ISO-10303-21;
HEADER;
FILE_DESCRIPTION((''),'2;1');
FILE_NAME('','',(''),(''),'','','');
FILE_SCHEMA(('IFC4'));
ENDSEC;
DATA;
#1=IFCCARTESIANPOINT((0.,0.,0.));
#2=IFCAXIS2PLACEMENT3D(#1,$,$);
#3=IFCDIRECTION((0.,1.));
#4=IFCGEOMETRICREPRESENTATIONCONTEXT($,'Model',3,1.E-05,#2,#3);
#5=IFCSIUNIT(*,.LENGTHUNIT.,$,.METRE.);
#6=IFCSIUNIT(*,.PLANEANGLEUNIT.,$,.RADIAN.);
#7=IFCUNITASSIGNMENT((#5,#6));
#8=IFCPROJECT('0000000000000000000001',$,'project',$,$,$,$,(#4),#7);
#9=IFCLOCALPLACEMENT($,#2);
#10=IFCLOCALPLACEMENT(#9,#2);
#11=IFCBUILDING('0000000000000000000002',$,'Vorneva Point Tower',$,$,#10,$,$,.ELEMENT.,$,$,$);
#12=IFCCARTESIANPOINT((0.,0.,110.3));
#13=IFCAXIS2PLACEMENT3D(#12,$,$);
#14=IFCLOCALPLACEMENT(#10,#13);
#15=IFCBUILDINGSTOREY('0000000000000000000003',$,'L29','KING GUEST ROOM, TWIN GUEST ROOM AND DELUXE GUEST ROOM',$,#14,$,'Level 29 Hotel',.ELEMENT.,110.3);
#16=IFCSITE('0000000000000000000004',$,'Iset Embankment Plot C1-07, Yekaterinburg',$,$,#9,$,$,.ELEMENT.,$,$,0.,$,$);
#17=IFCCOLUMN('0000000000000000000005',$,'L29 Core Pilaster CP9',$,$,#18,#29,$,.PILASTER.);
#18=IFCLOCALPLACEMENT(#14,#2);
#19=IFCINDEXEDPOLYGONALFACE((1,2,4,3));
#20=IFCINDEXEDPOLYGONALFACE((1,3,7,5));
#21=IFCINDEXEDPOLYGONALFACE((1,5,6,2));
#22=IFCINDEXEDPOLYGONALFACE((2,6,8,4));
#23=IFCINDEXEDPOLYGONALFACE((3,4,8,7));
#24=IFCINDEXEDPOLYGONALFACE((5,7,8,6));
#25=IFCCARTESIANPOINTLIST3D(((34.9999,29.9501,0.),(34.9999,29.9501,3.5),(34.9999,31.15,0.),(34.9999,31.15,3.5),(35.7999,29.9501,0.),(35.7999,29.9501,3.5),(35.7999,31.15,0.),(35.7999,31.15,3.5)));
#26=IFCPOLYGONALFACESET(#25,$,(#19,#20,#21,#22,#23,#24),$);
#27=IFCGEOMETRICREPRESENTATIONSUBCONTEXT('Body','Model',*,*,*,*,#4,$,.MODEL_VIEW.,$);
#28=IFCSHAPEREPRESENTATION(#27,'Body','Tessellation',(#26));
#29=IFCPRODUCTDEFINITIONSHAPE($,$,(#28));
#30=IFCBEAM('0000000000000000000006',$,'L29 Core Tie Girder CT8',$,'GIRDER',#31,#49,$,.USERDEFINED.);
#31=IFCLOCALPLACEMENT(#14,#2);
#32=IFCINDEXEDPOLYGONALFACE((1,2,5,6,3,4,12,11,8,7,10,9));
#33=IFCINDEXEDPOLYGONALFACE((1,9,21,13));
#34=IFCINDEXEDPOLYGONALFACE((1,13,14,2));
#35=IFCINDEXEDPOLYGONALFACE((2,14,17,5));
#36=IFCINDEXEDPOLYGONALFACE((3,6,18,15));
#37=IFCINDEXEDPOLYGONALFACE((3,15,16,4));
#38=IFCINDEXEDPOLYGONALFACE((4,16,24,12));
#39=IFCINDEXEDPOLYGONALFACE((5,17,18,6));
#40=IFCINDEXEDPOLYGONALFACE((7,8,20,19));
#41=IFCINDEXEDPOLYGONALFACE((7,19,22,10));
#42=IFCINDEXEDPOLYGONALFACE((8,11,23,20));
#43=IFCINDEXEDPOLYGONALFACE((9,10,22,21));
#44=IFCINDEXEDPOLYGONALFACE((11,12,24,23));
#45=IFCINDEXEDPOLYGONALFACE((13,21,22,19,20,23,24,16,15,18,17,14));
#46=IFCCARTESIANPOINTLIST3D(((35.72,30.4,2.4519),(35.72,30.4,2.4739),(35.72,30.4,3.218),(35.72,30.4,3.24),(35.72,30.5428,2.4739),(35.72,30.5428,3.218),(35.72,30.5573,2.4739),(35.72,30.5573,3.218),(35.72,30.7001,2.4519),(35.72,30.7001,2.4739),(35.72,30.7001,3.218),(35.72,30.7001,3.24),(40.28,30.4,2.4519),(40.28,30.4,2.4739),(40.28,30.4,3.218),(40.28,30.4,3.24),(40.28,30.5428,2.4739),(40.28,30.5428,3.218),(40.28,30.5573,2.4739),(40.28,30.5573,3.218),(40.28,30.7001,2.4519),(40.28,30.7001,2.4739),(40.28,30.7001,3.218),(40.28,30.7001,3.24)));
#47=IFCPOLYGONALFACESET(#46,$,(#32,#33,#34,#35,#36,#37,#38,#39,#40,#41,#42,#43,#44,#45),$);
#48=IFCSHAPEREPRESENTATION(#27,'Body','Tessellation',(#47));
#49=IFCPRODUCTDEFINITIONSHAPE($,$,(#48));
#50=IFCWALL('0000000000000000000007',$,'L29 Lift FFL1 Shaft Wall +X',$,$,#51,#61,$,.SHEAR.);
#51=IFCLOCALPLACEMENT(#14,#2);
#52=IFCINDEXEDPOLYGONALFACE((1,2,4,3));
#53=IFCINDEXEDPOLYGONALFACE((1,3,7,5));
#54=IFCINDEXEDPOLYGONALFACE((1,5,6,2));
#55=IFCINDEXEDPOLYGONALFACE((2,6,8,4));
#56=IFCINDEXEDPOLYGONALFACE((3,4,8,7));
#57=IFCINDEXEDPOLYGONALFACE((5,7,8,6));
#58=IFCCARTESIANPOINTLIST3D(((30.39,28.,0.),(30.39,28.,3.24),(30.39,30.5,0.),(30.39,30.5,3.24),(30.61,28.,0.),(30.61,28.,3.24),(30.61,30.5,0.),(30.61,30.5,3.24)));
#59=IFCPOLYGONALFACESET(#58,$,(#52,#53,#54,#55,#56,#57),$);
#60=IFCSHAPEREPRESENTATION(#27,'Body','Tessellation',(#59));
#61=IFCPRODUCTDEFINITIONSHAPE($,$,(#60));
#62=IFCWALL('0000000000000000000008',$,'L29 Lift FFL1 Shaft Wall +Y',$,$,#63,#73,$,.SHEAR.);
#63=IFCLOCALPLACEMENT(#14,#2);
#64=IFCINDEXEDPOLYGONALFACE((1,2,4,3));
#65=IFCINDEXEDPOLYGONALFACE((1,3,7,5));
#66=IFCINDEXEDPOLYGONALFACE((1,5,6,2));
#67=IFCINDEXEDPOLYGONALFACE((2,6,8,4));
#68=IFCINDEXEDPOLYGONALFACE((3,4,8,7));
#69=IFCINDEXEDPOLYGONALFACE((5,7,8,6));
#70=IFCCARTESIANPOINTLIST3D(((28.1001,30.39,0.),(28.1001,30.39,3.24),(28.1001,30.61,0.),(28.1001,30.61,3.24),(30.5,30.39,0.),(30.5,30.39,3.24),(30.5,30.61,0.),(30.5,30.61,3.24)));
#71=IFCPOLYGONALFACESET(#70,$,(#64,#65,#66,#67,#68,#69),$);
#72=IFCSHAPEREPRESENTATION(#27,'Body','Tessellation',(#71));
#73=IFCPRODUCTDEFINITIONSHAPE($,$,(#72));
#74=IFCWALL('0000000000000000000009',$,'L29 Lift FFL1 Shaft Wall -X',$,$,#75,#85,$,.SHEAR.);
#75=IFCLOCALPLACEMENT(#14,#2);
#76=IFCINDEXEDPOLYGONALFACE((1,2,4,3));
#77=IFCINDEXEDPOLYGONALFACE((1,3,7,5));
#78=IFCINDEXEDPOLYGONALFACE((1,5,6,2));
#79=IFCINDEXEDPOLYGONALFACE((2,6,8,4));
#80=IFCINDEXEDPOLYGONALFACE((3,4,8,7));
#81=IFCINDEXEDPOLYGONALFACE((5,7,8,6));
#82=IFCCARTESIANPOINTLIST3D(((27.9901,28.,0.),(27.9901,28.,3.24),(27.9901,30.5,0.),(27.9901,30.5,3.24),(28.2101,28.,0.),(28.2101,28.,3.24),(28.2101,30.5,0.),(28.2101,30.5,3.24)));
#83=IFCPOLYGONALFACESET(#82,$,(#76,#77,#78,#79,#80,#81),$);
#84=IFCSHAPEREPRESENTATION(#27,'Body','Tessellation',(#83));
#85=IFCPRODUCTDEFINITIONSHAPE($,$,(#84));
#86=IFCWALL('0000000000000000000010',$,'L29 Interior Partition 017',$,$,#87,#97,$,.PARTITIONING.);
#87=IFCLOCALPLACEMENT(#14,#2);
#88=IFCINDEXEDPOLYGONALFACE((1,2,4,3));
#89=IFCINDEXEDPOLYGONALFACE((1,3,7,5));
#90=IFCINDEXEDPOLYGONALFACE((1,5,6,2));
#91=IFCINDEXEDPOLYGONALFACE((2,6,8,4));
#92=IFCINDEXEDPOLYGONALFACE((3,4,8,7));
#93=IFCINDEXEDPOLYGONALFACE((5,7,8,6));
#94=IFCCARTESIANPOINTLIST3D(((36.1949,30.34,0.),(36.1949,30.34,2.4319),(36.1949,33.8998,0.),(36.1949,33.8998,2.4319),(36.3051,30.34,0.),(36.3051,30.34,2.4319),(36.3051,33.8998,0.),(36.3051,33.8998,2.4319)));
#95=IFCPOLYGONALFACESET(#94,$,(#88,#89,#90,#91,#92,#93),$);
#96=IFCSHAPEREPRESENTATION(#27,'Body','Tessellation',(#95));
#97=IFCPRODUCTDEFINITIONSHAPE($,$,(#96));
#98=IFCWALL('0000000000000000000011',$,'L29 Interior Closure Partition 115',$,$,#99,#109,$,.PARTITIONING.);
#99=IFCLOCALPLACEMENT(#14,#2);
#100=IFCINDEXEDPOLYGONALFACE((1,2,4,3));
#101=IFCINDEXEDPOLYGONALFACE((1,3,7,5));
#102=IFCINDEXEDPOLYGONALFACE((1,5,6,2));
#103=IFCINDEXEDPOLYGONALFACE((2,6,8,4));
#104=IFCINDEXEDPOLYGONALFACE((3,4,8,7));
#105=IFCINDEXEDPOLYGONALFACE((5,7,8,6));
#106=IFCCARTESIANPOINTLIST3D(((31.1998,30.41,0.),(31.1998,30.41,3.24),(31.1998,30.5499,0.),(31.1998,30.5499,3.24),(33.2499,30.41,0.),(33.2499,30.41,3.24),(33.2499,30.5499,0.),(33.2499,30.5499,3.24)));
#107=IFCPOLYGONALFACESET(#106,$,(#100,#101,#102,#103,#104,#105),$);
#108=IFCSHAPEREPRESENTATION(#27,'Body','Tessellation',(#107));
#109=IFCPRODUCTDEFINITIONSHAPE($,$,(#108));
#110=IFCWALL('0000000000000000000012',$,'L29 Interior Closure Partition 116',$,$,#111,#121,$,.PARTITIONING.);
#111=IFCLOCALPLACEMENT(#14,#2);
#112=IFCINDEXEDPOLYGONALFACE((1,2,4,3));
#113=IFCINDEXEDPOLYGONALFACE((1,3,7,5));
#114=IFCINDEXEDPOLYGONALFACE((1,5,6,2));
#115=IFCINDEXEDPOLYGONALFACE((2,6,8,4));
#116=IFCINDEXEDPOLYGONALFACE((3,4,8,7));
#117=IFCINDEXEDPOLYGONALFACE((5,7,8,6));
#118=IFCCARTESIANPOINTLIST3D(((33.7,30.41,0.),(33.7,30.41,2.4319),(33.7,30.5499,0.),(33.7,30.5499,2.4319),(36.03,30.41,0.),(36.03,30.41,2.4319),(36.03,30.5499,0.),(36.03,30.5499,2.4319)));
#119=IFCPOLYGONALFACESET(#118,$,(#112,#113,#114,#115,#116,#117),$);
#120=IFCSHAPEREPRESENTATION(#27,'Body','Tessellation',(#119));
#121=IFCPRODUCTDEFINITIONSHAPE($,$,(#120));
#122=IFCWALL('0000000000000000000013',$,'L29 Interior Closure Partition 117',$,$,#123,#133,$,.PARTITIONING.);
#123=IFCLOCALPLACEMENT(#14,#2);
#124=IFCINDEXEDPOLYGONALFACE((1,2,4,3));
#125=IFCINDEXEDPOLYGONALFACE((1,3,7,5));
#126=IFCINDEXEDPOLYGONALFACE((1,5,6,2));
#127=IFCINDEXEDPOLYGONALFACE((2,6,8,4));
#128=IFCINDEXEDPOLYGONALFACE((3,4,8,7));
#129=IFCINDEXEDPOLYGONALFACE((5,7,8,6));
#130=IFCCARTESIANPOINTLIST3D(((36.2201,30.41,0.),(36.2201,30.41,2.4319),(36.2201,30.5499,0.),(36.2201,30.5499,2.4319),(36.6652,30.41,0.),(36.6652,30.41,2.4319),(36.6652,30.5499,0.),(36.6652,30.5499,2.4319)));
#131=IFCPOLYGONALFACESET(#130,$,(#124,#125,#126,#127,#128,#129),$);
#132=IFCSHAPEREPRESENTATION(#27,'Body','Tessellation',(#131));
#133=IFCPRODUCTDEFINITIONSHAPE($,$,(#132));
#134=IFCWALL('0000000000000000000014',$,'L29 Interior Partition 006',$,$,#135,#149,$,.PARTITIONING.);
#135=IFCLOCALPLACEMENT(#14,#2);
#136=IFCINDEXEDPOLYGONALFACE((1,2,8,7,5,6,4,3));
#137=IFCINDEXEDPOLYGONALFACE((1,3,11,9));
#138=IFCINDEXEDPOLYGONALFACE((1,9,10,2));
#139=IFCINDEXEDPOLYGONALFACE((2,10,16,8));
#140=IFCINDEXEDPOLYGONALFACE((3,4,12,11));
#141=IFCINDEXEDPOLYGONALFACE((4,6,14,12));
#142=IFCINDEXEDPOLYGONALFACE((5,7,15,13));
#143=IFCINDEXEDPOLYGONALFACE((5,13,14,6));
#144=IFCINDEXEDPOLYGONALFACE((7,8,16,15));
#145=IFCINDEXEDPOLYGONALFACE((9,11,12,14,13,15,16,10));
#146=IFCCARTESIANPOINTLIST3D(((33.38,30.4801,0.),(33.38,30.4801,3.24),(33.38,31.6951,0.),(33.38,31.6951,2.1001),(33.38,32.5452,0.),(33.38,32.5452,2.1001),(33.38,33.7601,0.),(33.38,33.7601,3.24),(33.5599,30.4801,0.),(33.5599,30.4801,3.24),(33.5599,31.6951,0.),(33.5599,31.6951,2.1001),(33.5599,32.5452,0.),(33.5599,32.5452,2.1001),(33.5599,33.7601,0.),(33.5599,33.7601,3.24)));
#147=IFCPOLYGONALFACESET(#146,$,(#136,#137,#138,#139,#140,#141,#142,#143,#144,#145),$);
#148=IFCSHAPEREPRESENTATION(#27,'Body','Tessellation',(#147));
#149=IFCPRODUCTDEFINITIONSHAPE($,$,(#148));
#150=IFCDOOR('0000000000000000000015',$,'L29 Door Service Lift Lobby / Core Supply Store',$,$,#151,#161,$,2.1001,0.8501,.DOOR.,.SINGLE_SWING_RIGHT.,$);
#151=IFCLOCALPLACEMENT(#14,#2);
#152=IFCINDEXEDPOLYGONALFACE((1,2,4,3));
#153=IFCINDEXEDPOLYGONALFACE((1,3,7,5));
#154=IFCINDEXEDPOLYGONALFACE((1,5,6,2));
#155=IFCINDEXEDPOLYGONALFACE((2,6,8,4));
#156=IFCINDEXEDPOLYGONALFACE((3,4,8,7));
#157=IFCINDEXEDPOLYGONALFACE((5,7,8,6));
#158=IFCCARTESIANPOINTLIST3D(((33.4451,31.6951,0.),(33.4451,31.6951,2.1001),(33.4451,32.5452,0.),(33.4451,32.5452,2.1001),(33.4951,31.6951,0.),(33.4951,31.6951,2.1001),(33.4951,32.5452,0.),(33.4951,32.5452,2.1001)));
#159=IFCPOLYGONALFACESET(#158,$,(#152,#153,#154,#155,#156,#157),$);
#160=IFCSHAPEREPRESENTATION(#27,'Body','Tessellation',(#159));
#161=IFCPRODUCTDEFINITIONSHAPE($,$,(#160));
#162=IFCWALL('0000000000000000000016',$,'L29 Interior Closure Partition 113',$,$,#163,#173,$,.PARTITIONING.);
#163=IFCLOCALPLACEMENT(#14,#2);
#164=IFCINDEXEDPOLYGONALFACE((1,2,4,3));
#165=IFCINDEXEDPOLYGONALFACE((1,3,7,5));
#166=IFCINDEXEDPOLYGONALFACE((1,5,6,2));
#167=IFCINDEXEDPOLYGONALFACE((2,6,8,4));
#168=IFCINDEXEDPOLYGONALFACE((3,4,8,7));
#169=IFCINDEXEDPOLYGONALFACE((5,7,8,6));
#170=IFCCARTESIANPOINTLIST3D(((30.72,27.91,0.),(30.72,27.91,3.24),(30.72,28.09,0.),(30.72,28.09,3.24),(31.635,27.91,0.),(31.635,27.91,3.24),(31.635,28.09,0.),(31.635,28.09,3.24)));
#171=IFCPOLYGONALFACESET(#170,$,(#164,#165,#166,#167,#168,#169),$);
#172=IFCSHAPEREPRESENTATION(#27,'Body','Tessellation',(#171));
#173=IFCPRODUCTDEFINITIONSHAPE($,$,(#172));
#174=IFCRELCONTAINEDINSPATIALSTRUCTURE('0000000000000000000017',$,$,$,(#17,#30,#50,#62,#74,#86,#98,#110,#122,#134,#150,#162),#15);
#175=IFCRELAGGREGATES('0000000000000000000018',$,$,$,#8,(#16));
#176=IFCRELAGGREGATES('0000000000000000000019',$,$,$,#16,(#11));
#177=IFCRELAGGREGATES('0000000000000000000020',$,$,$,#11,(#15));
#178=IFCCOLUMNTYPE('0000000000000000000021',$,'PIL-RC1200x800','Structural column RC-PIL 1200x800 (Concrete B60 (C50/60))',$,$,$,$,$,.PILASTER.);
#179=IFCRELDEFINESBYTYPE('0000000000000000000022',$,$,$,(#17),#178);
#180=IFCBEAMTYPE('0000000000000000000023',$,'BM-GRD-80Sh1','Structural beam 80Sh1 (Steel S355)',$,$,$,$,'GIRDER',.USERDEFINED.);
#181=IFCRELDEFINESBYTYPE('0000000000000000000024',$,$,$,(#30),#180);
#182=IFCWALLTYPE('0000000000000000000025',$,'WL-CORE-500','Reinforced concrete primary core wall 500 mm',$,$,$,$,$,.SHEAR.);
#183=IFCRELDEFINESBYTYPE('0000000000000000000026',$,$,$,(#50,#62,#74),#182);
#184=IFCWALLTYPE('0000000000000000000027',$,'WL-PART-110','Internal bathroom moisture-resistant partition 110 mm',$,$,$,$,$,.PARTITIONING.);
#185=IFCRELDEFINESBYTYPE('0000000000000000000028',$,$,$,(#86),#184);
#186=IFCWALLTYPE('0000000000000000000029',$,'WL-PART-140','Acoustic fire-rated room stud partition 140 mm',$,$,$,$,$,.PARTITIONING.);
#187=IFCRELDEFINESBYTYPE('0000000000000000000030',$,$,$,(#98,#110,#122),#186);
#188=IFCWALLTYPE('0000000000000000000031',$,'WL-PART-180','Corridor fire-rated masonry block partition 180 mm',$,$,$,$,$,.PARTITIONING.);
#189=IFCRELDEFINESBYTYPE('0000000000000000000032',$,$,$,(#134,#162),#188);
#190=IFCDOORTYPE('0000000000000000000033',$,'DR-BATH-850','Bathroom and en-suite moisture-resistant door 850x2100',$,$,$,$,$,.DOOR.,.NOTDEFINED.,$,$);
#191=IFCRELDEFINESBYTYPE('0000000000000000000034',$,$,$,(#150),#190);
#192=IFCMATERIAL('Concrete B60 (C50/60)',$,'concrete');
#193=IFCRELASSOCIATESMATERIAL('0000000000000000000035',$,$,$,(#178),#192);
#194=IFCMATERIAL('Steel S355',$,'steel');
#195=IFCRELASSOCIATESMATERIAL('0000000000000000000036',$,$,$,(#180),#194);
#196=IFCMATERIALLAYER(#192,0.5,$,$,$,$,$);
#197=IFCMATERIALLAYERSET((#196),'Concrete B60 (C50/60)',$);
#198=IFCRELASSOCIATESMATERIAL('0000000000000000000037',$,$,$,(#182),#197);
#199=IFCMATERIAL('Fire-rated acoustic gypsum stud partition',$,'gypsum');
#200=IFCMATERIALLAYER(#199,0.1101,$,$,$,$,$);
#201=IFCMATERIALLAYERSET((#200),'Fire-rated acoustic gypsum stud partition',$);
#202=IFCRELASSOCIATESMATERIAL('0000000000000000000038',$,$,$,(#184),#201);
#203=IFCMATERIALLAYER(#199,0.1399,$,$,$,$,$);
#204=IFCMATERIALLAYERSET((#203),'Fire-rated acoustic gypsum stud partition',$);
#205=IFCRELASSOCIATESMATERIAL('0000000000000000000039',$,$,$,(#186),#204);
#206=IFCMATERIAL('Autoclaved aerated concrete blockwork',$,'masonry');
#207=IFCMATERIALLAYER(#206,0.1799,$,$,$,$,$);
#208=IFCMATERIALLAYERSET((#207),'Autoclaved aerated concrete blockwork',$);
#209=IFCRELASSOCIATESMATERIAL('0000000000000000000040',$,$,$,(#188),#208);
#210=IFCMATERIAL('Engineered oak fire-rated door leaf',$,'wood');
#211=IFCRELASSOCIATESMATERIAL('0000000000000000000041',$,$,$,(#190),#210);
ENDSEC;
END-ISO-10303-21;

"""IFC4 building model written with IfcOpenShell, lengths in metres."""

from ifc_helpers import new_model, si_unit, direction, frame, frame_2d, origin, origin_2d, place, context, subcontext, project, spatial, rectangle, i_section, extrude, material, layer, layer_set, material_profile, profile_set, type_object, element, fill, save


model = new_model("IFC4")

# Units and contexts
model_context = context("Model", 3, precision=1e-05, world=origin(), true_north=direction((0.0, 1.0)))
body_context = subcontext(model_context, "Body", "Model", "MODEL_VIEW")
ifc_project = project(units=[si_unit("LENGTHUNIT", "METRE"), si_unit("PLANEANGLEUNIT", "RADIAN")], contexts=[model_context])

# Site, building, storey
site_placement = place(None, origin())
site = spatial("IfcSite", under=ifc_project, at=site_placement, Name="Iset Embankment Plot C1-07, Yekaterinburg", CompositionType="ELEMENT", RefElevation=0.0)
building_placement = place(site_placement, origin())
building = spatial("IfcBuilding", under=site, at=building_placement, Name="Vorneva Point Tower", CompositionType="ELEMENT")
storey_placement = place(building_placement, frame((0.0, 0.0, 110.3)))
storey = spatial("IfcBuildingStorey", under=building, at=storey_placement, Name="L29", Description="KING GUEST ROOM, TWIN GUEST ROOM AND DELUXE GUEST ROOM", LongName="Level 29 Hotel", CompositionType="ELEMENT", Elevation=110.3)

# Column
ifc_material_1 = material(Name="Concrete B60 (C50/60)", Category="concrete")
ifc_material_profile_1 = material_profile(ifc_material_1, rectangle(XDim=0.8, YDim=1.2, at=origin_2d()), Name="RC-PIL 1200x800")
ifc_profile_set_1 = profile_set([ifc_material_profile_1], Name="Concrete B60 (C50/60)")
column_type = type_object("IfcColumnType", Name="PIL-RC1200x800", Description="Structural column RC-PIL 1200x800 (Concrete B60 (C50/60))", PredefinedType="PILASTER", material=ifc_profile_set_1)
column_placement = place(storey_placement, frame((35.3999, 30.55, 0.0), z_axis=(0.0, 0.0, 1.0), x_axis=(1.0, 0.0, 0.0)))
element("IfcColumn", 1, at=column_placement, inside=storey, type_object=column_type, Name="L29 Core Pilaster CP9", PredefinedType="PILASTER", context=body_context, shape_type="SweptSolid", body=[
    extrude(rectangle(XDim=0.8, YDim=1.2, at=origin_2d()), origin(), (0.0, 0.0, 1.0), 3.5),
])

# Beam
ifc_material_2 = material(Name="Steel S355", Category="steel")
ifc_material_profile_2 = material_profile(ifc_material_2, i_section(OverallWidth=0.3, OverallDepth=0.7881, WebThickness=0.0144, FlangeThickness=0.022, at=origin_2d()), Name="80Sh1")
ifc_profile_set_2 = profile_set([ifc_material_profile_2], Name="Steel S355")
beam_type = type_object("IfcBeamType", Name="BM-GRD-80Sh1", Description="Structural beam 80Sh1 (Steel S355)", ElementType="GIRDER", PredefinedType="USERDEFINED", material=ifc_profile_set_2)
beam_placement = place(storey_placement, frame((35.72, 30.55, 2.8459), z_axis=(1.0, 0.0, 0.0), x_axis=(0.0, 1.0, 0.0)))
element("IfcBeam", 2, at=beam_placement, inside=storey, type_object=beam_type, Name="L29 Core Tie Girder CT8", ObjectType="GIRDER", PredefinedType="USERDEFINED", context=body_context, shape_type="SweptSolid", body=[
    extrude(i_section(OverallWidth=0.3, OverallDepth=0.7881, WebThickness=0.0144, FlangeThickness=0.022, at=origin_2d()), origin(), (0.0, 0.0, 1.0), 4.5601),
])

# Walls
ifc_layer_1 = layer(ifc_material_1, 0.5)
ifc_layer_set_1 = layer_set([ifc_layer_1], Name="Concrete B60 (C50/60)")
wall_type_1 = type_object("IfcWallType", Name="WL-CORE-500", Description="Reinforced concrete primary core wall 500 mm", PredefinedType="SHEAR", material=ifc_layer_set_1)
wall_1_placement = place(storey_placement, frame((30.5, 28.0, 0.0), z_axis=(0.0, 0.0, 1.0), x_axis=(0.0, 1.0, 0.0)))
element("IfcWall", 3, at=wall_1_placement, inside=storey, type_object=wall_type_1, Name="L29 Lift FFL1 Shaft Wall +X", PredefinedType="SHEAR", context=body_context, shape_type="SweptSolid", body=[
    extrude(rectangle(XDim=2.5, YDim=0.22, at=frame_2d((1.25, 0.0))), origin(), (0.0, 0.0, 1.0), 3.24),
])
wall_2_placement = place(storey_placement, frame((30.5, 30.5, 0.0), z_axis=(0.0, 0.0, 1.0), x_axis=(-1.0, 0.0, 0.0)))
element("IfcWall", 4, at=wall_2_placement, inside=storey, type_object=wall_type_1, Name="L29 Lift FFL1 Shaft Wall +Y", PredefinedType="SHEAR", context=body_context, shape_type="SweptSolid", body=[
    extrude(rectangle(XDim=2.3999, YDim=0.22, at=frame_2d((1.2, 0.0))), origin(), (0.0, 0.0, 1.0), 3.24),
])
wall_3_placement = place(storey_placement, frame((28.1001, 30.5, 0.0), z_axis=(0.0, 0.0, 1.0), x_axis=(0.0, -1.0, 0.0)))
element("IfcWall", 5, at=wall_3_placement, inside=storey, type_object=wall_type_1, Name="L29 Lift FFL1 Shaft Wall -X", PredefinedType="SHEAR", context=body_context, shape_type="SweptSolid", body=[
    extrude(rectangle(XDim=2.5, YDim=0.22, at=frame_2d((1.25, 0.0))), origin(), (0.0, 0.0, 1.0), 3.24),
])
ifc_material_3 = material(Name="Fire-rated acoustic gypsum stud partition", Category="gypsum")
ifc_layer_2 = layer(ifc_material_3, 0.1101)
ifc_layer_set_2 = layer_set([ifc_layer_2], Name="Fire-rated acoustic gypsum stud partition")
wall_type_2 = type_object("IfcWallType", Name="WL-PART-110", Description="Internal bathroom moisture-resistant partition 110 mm", PredefinedType="PARTITIONING", material=ifc_layer_set_2)
wall_4_placement = place(storey_placement, frame((36.25, 30.3401, 0.0), z_axis=(0.0, 0.0, 1.0), x_axis=(0.0, 1.0, 0.0)))
element("IfcWall", 6, at=wall_4_placement, inside=storey, type_object=wall_type_2, Name="L29 Interior Partition 017", PredefinedType="PARTITIONING", context=body_context, shape_type="SweptSolid", body=[
    extrude(rectangle(XDim=3.5598, YDim=0.1101, at=frame_2d((1.7798, 0.0))), origin(), (0.0, 0.0, 1.0), 2.4319),
])
ifc_layer_3 = layer(ifc_material_3, 0.1399)
ifc_layer_set_3 = layer_set([ifc_layer_3], Name="Fire-rated acoustic gypsum stud partition")
wall_type_3 = type_object("IfcWallType", Name="WL-PART-140", Description="Acoustic fire-rated room stud partition 140 mm", PredefinedType="PARTITIONING", material=ifc_layer_set_3)
wall_5_placement = place(storey_placement, frame((31.2, 30.48, 0.0), z_axis=(0.0, 0.0, 1.0), x_axis=(1.0, 0.0, 0.0)))
element("IfcWall", 7, at=wall_5_placement, inside=storey, type_object=wall_type_3, Name="L29 Interior Closure Partition 115", PredefinedType="PARTITIONING", context=body_context, shape_type="SweptSolid", body=[
    extrude(rectangle(XDim=2.05, YDim=0.1399, at=frame_2d((1.0249, 0.0))), origin(), (0.0, 0.0, 1.0), 3.24),
])
wall_6_placement = place(storey_placement, frame((33.7, 30.48, 0.0), z_axis=(0.0, 0.0, 1.0), x_axis=(1.0, 0.0, 0.0)))
element("IfcWall", 8, at=wall_6_placement, inside=storey, type_object=wall_type_3, Name="L29 Interior Closure Partition 116", PredefinedType="PARTITIONING", context=body_context, shape_type="SweptSolid", body=[
    extrude(rectangle(XDim=2.3301, YDim=0.1399, at=frame_2d((1.165, 0.0))), origin(), (0.0, 0.0, 1.0), 2.4319),
])
wall_7_placement = place(storey_placement, frame((36.22, 30.48, 0.0), z_axis=(0.0, 0.0, 1.0), x_axis=(1.0, 0.0, 0.0)))
element("IfcWall", 9, at=wall_7_placement, inside=storey, type_object=wall_type_3, Name="L29 Interior Closure Partition 117", PredefinedType="PARTITIONING", context=body_context, shape_type="SweptSolid", body=[
    extrude(rectangle(XDim=0.4451, YDim=0.1399, at=frame_2d((0.2227, 0.0))), origin(), (0.0, 0.0, 1.0), 2.4319),
])

# Wall, opening, door
ifc_material_4 = material(Name="Autoclaved aerated concrete blockwork", Category="masonry")
ifc_layer_4 = layer(ifc_material_4, 0.1799)
ifc_layer_set_4 = layer_set([ifc_layer_4], Name="Autoclaved aerated concrete blockwork")
wall_type_4 = type_object("IfcWallType", Name="WL-PART-180", Description="Corridor fire-rated masonry block partition 180 mm", PredefinedType="PARTITIONING", material=ifc_layer_set_4)
wall_8_placement = place(storey_placement, frame((33.47, 30.48, 0.0), z_axis=(0.0, 0.0, 1.0), x_axis=(0.0, 1.0, 0.0)))
wall_8 = element("IfcWall", 10, at=wall_8_placement, inside=storey, type_object=wall_type_4, Name="L29 Interior Partition 006", PredefinedType="PARTITIONING", context=body_context, shape_type="SweptSolid", body=[
    extrude(rectangle(XDim=3.28, YDim=0.1799, at=frame_2d((1.6401, 0.0))), origin(), (0.0, 0.0, 1.0), 3.24),
])
opening_1_placement = place(wall_8_placement, frame((1.2151, 0.0, 0.0)))
opening_1 = element("IfcOpeningElement", 11, at=opening_1_placement, cuts=wall_8, PredefinedType="OPENING", context=body_context, shape_type="SweptSolid", body=[
    extrude(rectangle(XDim=0.8501, YDim=2.1001, at=frame_2d((0.425, 1.05))), frame((0.0, 0.105, 0.0), z_axis=(0.0, -1.0, 0.0), x_axis=(1.0, 0.0, 0.0)), (0.0, 0.0, 1.0), 0.2097),
])
ifc_material_5 = material(Name="Engineered oak fire-rated door leaf", Category="wood")
door_type_1 = type_object("IfcDoorType", Name="DR-BATH-850", Description="Bathroom and en-suite moisture-resistant door 850x2100", OperationType="NOTDEFINED", PredefinedType="DOOR", material=ifc_material_5)
door_1_placement = place(opening_1_placement, origin())
door_1 = element("IfcDoor", 12, at=door_1_placement, inside=storey, type_object=door_type_1, Name="L29 Door Service Lift Lobby / Core Supply Store", OperationType="SINGLE_SWING_RIGHT", OverallHeight=2.1001, OverallWidth=0.8501, PredefinedType="DOOR", context=body_context, shape_type="SweptSolid", body=[
    extrude(rectangle(XDim=0.8501, YDim=2.1001, at=frame_2d((0.425, 1.05))), frame((0.0, 0.0249, 0.0), z_axis=(0.0, -1.0, 0.0), x_axis=(1.0, 0.0, 0.0)), (0.0, 0.0, 1.0), 0.05),
])
fill(opening_1, door_1)

# Wall
wall_9_placement = place(storey_placement, frame((31.635, 28.0, 0.0), z_axis=(0.0, 0.0, 1.0), x_axis=(-1.0, 0.0, 0.0)))
element("IfcWall", 13, at=wall_9_placement, inside=storey, type_object=wall_type_4, Name="L29 Interior Closure Partition 113", PredefinedType="PARTITIONING", context=body_context, shape_type="SweptSolid", body=[
    extrude(rectangle(XDim=0.915, YDim=0.1799, at=frame_2d((0.4575, 0.0))), origin(), (0.0, 0.0, 1.0), 3.24),
])

save(model, "model.ifc")
